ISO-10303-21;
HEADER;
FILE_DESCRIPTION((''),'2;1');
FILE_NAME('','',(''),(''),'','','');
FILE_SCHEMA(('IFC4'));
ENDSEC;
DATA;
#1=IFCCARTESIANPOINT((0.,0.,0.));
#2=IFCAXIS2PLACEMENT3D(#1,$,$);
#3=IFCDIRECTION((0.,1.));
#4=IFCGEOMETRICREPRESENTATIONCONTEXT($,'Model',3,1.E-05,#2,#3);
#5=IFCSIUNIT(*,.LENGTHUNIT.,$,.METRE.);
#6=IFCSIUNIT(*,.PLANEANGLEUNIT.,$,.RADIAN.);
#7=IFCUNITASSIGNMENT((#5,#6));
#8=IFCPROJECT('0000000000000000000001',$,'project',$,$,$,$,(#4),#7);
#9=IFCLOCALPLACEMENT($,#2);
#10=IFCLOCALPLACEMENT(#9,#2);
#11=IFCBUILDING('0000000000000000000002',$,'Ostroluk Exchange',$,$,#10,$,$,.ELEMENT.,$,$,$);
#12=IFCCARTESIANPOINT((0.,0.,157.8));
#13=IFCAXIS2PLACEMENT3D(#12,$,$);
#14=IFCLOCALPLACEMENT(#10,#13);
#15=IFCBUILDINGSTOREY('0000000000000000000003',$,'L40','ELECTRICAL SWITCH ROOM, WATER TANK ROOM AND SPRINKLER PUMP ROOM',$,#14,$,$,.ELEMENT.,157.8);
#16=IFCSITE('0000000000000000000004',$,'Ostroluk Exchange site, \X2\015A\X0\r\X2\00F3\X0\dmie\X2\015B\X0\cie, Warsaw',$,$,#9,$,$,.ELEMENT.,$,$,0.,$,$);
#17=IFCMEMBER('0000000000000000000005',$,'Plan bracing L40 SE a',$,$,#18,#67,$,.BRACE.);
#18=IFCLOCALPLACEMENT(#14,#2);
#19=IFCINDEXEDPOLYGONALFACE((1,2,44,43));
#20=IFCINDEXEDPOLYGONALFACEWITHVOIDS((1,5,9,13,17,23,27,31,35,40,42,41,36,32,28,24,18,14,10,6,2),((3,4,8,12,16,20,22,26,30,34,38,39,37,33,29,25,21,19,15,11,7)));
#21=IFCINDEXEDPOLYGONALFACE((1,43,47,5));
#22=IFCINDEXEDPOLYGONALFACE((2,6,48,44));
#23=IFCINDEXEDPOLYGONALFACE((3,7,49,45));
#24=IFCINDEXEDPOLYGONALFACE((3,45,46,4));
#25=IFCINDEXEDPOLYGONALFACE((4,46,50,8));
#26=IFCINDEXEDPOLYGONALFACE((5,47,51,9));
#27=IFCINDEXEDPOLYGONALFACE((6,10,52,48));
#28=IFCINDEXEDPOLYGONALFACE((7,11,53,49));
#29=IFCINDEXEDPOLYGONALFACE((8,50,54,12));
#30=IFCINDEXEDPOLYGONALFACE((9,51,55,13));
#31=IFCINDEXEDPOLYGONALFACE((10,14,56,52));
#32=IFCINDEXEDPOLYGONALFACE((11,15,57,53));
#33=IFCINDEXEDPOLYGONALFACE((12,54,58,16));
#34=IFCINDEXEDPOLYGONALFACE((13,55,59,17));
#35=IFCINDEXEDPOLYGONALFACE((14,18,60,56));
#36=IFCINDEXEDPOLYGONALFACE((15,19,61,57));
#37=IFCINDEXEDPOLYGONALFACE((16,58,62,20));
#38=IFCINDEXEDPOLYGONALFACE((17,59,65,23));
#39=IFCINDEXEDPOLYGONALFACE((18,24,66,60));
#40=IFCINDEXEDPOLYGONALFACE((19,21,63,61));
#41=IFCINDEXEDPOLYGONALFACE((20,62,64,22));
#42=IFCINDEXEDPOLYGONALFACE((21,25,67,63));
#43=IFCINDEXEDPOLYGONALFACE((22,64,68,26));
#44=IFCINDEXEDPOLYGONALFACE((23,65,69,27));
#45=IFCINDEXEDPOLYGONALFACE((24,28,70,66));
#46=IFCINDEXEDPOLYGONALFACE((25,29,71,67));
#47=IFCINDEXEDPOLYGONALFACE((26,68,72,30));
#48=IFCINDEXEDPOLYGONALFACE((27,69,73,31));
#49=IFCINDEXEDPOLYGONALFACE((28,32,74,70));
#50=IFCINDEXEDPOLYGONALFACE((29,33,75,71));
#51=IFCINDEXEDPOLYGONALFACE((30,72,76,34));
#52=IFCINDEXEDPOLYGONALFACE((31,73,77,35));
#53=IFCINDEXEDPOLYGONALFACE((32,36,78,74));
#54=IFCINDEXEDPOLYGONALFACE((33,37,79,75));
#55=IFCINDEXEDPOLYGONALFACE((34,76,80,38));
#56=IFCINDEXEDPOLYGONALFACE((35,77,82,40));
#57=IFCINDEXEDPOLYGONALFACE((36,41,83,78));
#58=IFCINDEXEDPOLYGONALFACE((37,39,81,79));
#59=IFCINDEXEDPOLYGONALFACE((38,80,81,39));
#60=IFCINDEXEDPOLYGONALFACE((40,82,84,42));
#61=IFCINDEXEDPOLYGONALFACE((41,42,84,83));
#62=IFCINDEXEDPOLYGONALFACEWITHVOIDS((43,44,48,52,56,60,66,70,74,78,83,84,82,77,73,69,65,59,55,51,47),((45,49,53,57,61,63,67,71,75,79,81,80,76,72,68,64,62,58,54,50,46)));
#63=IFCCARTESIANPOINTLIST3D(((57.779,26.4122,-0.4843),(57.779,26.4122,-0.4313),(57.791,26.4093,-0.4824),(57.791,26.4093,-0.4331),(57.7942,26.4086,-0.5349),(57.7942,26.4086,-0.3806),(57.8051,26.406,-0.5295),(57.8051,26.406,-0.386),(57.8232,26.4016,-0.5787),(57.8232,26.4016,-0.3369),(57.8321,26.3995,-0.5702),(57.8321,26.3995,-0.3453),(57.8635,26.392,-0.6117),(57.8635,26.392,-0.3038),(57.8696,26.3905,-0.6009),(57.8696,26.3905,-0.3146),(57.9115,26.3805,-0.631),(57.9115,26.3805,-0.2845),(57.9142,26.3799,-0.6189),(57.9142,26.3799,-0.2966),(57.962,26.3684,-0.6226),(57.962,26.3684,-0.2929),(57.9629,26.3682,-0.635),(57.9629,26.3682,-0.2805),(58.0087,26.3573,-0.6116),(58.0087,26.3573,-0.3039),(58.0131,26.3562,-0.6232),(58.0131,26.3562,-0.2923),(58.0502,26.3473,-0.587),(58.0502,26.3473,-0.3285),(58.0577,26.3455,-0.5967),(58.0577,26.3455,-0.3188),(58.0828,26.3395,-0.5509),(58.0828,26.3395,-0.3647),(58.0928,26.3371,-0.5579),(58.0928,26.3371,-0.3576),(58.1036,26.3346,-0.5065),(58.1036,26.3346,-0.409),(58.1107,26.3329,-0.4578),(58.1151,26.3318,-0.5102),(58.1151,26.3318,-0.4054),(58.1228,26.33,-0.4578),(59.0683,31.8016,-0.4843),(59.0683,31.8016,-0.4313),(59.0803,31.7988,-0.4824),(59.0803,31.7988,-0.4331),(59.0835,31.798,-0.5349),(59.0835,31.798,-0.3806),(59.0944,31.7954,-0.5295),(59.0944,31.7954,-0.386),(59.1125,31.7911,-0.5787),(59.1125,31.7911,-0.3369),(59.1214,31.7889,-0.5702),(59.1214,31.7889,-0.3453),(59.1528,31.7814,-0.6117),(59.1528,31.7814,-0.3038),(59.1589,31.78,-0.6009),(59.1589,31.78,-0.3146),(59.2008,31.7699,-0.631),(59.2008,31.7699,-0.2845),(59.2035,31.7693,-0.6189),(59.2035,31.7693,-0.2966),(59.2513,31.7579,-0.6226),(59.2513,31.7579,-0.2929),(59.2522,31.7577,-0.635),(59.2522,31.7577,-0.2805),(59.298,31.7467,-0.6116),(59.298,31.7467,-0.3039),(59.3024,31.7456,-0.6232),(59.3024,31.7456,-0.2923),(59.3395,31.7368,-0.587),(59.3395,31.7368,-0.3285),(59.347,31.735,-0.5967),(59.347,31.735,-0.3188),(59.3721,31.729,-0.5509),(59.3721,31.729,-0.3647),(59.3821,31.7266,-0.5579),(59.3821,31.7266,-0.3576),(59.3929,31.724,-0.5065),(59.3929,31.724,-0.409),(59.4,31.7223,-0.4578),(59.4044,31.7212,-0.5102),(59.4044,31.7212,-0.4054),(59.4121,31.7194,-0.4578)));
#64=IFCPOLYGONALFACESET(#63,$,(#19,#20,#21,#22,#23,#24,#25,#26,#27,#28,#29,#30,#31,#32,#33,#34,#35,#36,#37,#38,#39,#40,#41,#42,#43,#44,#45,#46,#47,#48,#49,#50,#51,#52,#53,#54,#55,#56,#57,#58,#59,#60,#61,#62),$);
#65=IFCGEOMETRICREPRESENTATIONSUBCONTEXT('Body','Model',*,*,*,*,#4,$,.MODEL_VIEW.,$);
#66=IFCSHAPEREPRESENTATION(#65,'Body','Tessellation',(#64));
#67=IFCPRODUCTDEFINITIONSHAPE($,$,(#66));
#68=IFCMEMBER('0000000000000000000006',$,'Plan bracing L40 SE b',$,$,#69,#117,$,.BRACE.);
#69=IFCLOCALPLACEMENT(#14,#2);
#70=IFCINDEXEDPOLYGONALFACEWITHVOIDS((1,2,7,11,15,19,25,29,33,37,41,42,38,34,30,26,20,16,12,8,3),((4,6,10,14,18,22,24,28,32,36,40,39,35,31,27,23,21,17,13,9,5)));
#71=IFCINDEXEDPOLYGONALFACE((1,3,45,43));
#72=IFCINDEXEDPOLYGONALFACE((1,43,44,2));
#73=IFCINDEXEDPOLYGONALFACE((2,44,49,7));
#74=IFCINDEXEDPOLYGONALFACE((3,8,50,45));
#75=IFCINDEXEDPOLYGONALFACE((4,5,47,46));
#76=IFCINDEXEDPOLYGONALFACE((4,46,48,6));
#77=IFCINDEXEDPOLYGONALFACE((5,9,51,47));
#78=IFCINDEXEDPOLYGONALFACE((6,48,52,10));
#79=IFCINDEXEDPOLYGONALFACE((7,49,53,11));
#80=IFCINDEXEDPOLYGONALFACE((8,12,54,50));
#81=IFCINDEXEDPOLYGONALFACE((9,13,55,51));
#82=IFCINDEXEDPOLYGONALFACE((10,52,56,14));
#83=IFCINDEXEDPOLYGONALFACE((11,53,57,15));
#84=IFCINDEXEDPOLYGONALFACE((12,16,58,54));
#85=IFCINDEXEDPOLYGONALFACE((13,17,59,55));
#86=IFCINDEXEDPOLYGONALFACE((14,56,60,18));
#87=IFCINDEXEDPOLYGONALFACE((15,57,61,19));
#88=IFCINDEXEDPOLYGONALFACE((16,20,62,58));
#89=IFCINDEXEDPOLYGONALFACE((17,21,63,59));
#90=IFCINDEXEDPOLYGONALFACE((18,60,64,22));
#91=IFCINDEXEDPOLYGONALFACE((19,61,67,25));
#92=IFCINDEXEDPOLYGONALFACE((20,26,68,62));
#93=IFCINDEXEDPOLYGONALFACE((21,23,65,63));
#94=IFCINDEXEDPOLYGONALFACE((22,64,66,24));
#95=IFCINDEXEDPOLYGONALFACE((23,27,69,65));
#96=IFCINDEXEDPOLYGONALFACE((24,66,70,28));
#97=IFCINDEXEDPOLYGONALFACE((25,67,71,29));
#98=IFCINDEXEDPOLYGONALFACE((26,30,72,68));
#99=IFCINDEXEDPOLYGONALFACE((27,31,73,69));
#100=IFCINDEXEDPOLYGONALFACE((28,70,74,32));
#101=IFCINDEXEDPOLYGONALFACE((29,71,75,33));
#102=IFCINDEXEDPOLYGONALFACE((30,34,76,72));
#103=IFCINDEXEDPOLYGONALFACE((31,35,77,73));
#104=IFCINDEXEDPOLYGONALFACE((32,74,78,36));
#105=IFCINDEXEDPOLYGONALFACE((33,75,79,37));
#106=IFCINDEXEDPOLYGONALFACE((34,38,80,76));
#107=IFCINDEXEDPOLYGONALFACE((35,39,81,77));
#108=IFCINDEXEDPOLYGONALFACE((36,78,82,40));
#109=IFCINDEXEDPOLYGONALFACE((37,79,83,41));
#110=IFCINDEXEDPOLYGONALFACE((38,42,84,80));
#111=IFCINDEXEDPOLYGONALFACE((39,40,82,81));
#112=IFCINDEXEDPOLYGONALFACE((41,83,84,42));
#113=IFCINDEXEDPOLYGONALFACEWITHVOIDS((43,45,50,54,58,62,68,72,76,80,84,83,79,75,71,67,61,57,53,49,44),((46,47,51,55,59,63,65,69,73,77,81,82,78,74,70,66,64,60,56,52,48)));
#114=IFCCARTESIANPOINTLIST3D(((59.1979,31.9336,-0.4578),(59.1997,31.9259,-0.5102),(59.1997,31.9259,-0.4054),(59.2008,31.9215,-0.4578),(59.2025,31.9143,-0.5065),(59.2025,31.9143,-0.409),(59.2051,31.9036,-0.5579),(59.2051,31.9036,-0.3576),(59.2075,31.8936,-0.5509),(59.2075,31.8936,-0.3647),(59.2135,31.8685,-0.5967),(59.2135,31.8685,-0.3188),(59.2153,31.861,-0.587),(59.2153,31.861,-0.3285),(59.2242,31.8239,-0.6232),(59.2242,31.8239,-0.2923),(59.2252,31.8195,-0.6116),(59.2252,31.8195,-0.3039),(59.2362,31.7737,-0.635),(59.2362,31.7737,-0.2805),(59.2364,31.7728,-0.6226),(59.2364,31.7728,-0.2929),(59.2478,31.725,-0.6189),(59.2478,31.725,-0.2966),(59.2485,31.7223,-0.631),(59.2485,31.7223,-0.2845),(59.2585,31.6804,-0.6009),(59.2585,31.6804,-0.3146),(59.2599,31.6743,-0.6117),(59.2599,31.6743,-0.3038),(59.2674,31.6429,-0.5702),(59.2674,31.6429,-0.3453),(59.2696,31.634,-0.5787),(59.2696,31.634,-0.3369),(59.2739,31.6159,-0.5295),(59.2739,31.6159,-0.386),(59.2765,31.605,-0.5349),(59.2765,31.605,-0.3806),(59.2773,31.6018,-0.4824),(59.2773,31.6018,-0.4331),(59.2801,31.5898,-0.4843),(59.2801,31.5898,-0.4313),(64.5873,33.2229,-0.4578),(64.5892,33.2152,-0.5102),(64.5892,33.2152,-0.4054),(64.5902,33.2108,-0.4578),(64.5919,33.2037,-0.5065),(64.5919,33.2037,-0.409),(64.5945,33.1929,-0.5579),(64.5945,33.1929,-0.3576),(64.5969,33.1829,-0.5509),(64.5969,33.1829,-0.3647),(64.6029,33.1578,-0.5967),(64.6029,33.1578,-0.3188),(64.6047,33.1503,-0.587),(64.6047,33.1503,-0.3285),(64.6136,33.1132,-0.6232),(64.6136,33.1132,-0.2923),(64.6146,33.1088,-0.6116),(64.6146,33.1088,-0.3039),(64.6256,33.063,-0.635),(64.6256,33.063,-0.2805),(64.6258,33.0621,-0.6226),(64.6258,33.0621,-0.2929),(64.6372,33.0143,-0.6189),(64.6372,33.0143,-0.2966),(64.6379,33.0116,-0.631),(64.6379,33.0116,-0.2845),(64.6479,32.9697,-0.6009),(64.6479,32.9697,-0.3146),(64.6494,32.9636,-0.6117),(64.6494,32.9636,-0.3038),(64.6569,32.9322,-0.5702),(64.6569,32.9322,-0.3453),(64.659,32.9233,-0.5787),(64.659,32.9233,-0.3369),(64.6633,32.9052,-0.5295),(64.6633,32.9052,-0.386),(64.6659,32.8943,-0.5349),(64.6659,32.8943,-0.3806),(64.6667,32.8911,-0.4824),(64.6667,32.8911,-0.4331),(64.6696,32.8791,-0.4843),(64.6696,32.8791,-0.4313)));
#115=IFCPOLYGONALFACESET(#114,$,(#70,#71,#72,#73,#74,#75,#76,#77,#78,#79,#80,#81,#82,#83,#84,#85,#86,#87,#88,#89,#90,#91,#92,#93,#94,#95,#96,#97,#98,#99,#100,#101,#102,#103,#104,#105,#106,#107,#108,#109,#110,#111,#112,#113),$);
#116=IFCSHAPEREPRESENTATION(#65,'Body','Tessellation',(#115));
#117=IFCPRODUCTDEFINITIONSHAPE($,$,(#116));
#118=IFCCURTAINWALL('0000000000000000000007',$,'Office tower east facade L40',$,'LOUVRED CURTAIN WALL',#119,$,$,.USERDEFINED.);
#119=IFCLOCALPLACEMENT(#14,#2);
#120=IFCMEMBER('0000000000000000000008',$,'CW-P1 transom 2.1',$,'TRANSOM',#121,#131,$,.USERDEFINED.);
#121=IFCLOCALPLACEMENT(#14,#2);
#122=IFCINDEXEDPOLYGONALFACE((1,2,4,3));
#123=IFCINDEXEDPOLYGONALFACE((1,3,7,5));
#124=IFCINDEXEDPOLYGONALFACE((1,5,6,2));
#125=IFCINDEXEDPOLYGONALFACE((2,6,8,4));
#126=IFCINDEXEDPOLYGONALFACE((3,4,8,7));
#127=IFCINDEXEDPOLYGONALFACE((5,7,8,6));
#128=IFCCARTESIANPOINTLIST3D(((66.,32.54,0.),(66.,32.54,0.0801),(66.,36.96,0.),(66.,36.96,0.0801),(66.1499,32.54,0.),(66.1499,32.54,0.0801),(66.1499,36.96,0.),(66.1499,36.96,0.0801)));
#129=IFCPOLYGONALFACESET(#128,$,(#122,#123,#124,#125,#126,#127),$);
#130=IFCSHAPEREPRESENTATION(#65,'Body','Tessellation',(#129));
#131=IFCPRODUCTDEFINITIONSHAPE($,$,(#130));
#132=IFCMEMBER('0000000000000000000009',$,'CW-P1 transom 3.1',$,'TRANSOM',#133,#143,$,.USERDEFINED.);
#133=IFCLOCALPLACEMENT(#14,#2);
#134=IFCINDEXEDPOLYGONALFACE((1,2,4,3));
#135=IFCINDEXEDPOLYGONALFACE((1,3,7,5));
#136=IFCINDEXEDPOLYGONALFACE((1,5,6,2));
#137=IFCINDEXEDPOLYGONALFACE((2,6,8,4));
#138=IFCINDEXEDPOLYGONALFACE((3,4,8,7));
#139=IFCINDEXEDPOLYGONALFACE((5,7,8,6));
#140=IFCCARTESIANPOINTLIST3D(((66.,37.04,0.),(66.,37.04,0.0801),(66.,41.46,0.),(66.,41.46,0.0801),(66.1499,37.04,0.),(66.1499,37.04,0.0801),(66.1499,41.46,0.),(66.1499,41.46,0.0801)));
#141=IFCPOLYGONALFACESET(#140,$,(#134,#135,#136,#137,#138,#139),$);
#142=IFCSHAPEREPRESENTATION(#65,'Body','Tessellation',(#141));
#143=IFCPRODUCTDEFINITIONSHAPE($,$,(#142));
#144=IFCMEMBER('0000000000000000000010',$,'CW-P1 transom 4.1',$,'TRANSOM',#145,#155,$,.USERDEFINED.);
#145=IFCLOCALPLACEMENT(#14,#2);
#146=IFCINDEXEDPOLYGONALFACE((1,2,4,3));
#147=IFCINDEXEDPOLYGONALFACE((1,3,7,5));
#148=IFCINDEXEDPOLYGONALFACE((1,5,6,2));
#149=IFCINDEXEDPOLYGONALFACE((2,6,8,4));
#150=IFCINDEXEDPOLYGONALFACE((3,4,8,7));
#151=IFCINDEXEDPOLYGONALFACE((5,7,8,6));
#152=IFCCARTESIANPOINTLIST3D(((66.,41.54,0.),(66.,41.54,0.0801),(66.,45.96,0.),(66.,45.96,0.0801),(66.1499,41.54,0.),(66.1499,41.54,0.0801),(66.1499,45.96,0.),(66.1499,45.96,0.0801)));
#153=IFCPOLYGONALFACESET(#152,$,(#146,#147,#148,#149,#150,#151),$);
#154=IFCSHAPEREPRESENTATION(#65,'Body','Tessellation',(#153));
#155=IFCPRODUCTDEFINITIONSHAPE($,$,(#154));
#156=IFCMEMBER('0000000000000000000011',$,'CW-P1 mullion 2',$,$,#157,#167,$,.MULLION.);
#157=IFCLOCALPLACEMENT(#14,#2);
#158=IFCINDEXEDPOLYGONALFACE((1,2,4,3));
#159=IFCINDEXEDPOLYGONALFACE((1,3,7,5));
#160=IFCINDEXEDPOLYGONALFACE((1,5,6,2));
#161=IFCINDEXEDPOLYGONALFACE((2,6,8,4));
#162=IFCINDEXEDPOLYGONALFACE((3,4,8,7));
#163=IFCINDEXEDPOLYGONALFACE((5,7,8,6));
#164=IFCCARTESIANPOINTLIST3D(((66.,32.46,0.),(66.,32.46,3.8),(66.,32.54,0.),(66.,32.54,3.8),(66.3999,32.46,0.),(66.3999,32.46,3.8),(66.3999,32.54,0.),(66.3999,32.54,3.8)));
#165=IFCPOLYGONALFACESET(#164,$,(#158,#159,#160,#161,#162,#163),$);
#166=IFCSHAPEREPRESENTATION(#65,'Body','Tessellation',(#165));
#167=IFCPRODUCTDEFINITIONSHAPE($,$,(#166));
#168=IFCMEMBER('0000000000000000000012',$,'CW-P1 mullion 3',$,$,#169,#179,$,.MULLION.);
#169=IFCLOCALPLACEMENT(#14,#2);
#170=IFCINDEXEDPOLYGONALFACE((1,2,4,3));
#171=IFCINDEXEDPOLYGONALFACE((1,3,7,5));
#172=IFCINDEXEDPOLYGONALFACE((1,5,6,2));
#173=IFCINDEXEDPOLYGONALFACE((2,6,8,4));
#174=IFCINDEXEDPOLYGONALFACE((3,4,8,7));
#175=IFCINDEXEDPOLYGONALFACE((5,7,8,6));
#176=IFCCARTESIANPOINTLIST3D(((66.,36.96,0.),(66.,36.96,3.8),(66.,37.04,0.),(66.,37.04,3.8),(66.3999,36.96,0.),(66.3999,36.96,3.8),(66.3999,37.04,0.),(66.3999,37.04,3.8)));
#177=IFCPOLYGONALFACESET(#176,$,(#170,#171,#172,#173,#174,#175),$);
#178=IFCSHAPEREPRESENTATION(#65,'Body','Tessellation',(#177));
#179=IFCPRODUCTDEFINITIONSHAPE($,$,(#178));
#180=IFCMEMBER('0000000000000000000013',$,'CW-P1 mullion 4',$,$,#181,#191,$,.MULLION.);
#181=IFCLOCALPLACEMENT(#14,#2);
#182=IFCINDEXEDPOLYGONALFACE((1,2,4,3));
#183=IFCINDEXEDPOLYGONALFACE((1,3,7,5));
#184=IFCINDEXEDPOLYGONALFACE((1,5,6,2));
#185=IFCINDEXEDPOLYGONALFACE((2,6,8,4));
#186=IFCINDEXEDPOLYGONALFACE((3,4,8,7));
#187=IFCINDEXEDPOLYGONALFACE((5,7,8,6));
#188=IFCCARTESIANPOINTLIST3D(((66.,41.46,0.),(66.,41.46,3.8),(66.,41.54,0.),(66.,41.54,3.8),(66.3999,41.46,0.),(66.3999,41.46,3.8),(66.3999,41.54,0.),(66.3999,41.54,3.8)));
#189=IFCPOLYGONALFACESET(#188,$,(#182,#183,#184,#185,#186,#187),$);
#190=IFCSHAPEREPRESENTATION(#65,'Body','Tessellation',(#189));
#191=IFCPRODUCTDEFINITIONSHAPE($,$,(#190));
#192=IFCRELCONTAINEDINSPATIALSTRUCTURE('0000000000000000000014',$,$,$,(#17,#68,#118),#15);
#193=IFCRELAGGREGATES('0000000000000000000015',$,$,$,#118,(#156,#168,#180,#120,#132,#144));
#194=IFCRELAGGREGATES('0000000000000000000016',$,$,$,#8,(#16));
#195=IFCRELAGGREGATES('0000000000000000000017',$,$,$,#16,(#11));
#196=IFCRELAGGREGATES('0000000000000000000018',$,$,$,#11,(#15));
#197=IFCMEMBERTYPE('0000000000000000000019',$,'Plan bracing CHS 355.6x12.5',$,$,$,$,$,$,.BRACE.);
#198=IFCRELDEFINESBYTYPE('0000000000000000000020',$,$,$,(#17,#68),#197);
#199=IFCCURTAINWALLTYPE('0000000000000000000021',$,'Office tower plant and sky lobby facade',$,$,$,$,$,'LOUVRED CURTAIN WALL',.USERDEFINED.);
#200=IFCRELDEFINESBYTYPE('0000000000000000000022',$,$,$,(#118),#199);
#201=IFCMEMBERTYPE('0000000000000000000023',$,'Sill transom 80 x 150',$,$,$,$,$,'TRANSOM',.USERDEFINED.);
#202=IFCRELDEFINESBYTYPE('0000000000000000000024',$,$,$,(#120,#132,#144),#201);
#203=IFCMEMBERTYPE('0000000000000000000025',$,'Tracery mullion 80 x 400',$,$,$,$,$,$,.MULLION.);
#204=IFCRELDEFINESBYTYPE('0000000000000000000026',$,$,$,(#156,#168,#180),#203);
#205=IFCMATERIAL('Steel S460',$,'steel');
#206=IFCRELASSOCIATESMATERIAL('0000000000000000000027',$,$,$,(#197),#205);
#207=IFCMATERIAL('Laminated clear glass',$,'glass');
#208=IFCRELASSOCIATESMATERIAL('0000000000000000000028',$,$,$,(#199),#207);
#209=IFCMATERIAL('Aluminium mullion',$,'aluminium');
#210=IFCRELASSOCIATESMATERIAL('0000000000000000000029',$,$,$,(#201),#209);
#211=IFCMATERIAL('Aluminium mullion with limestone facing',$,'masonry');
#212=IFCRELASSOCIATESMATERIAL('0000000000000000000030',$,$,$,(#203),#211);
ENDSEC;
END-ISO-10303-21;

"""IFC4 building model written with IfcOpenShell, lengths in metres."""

from ifc_helpers import new_model, si_unit, direction, frame, origin, origin_2d, place, context, subcontext, project, spatial, rectangle, hollow_circle, extrude, material, material_profile, profile_set, type_object, element, aggregate, save


model = new_model("IFC4")

# Units and contexts
model_context = context("Model", 3, precision=1e-05, world=origin(), true_north=direction((0.0, 1.0)))
body_context = subcontext(model_context, "Body", "Model", "MODEL_VIEW")
ifc_project = project(units=[si_unit("LENGTHUNIT", "METRE"), si_unit("PLANEANGLEUNIT", "RADIAN")], contexts=[model_context])

# Site, building, storey
site_placement = place(None, origin())
site = spatial("IfcSite", under=ifc_project, at=site_placement, Name="Ostroluk Exchange site, Śródmieście, Warsaw", CompositionType="ELEMENT", RefElevation=0.0)
building_placement = place(site_placement, origin())
building = spatial("IfcBuilding", under=site, at=building_placement, Name="Ostroluk Exchange", CompositionType="ELEMENT")
storey_placement = place(building_placement, frame((0.0, 0.0, 157.8)))
storey = spatial("IfcBuildingStorey", under=building, at=storey_placement, Name="L40", Description="ELECTRICAL SWITCH ROOM, WATER TANK ROOM AND SPRINKLER PUMP ROOM", CompositionType="ELEMENT", Elevation=157.8)

# Members
ifc_material_1 = material(Name="Steel S460", Category="steel")
ifc_material_profile_1 = material_profile(ifc_material_1, hollow_circle(Radius=0.1777, WallThickness=0.0125, at=origin_2d()), Name="CHS 355.6x12.5")
ifc_profile_set_1 = profile_set([ifc_material_profile_1], Name="Steel S460")
member_type_1 = type_object("IfcMemberType", Name="Plan bracing CHS 355.6x12.5", PredefinedType="BRACE", material=ifc_profile_set_1)
for number, where, z_axis, x_axis, name in (
    (1, (59.2393, 31.7607, -0.4578), (-0.232665, -0.972557, 0.0), (0.972557, -0.232665, 0.0), "Plan bracing L40 SE a"),
    (2, (59.2393, 31.7607, -0.4578), (0.972557, 0.232665, 0.0), (-0.232665, 0.972557, 0.0), "Plan bracing L40 SE b"),
):
    element("IfcMember", number, at=place(storey_placement, frame(where, z_axis=z_axis, x_axis=x_axis)), inside=storey, type_object=member_type_1, Name=name, PredefinedType="BRACE", context=body_context, shape_type="SweptSolid", body=[
        extrude(hollow_circle(Radius=0.1777, WallThickness=0.0125, at=origin_2d()), origin(), (0.0, 0.0, 1.0), 5.5415),
    ])

# Curtain wall, members
ifc_material_2 = material(Name="Laminated clear glass", Category="glass")
curtain_wall_type = type_object("IfcCurtainWallType", Name="Office tower plant and sky lobby facade", ElementType="LOUVRED CURTAIN WALL", PredefinedType="USERDEFINED", material=ifc_material_2)
curtain_wall_placement = place(storey_placement, origin())
curtain_wall = element("IfcCurtainWall", 3, at=curtain_wall_placement, inside=storey, type_object=curtain_wall_type, Name="Office tower east facade L40", ObjectType="LOUVRED CURTAIN WALL", PredefinedType="USERDEFINED")
ifc_material_3 = material(Name="Aluminium mullion", Category="aluminium")
ifc_material_profile_2 = material_profile(ifc_material_3, rectangle(XDim=0.1499, YDim=0.0801, at=origin_2d()), Name="Sill transom 80 x 150")
ifc_profile_set_2 = profile_set([ifc_material_profile_2], Name="Aluminium mullion")
member_type_2 = type_object("IfcMemberType", Name="Sill transom 80 x 150", ElementType="TRANSOM", PredefinedType="USERDEFINED", material=ifc_profile_set_2)
member_1_placement = place(storey_placement, frame((66.075, 32.54, 0.04), z_axis=(0.0, 1.0, 0.0), x_axis=(-1.0, 0.0, 0.0)))
member_1 = element("IfcMember", 4, at=member_1_placement, type_object=member_type_2, Name="CW-P1 transom 2.1", ObjectType="TRANSOM", PredefinedType="USERDEFINED", context=body_context, shape_type="SweptSolid", body=[
    extrude(rectangle(XDim=0.1499, YDim=0.0801, at=origin_2d()), origin(), (0.0, 0.0, 1.0), 4.4199),
])
member_2_placement = place(storey_placement, frame((66.075, 37.04, 0.04), z_axis=(0.0, 1.0, 0.0), x_axis=(-1.0, 0.0, 0.0)))
member_2 = element("IfcMember", 5, at=member_2_placement, type_object=member_type_2, Name="CW-P1 transom 3.1", ObjectType="TRANSOM", PredefinedType="USERDEFINED", context=body_context, shape_type="SweptSolid", body=[
    extrude(rectangle(XDim=0.1499, YDim=0.0801, at=origin_2d()), origin(), (0.0, 0.0, 1.0), 4.4199),
])
member_3_placement = place(storey_placement, frame((66.075, 41.54, 0.04), z_axis=(0.0, 1.0, 0.0), x_axis=(-1.0, 0.0, 0.0)))
member_3 = element("IfcMember", 6, at=member_3_placement, type_object=member_type_2, Name="CW-P1 transom 4.1", ObjectType="TRANSOM", PredefinedType="USERDEFINED", context=body_context, shape_type="SweptSolid", body=[
    extrude(rectangle(XDim=0.1499, YDim=0.0801, at=origin_2d()), origin(), (0.0, 0.0, 1.0), 4.4199),
])
ifc_material_4 = material(Name="Aluminium mullion with limestone facing", Category="masonry")
ifc_material_profile_3 = material_profile(ifc_material_4, rectangle(XDim=0.3999, YDim=0.0801, at=origin_2d()), Name="Tracery mullion 80 x 400")
ifc_profile_set_3 = profile_set([ifc_material_profile_3], Name="Aluminium mullion with limestone facing")
member_type_3 = type_object("IfcMemberType", Name="Tracery mullion 80 x 400", PredefinedType="MULLION", material=ifc_profile_set_3)
member_4_placement = place(storey_placement, frame((66.2, 32.5, 0.0), z_axis=(0.0, 0.0, 1.0), x_axis=(-1.0, 0.0, 0.0)))
member_4 = element("IfcMember", 7, at=member_4_placement, type_object=member_type_3, Name="CW-P1 mullion 2", PredefinedType="MULLION", context=body_context, shape_type="SweptSolid", body=[
    extrude(rectangle(XDim=0.3999, YDim=0.0801, at=origin_2d()), origin(), (0.0, 0.0, 1.0), 3.8),
])
member_5_placement = place(storey_placement, frame((66.2, 37.0, 0.0), z_axis=(0.0, 0.0, 1.0), x_axis=(-1.0, 0.0, 0.0)))
member_5 = element("IfcMember", 8, at=member_5_placement, type_object=member_type_3, Name="CW-P1 mullion 3", PredefinedType="MULLION", context=body_context, shape_type="SweptSolid", body=[
    extrude(rectangle(XDim=0.3999, YDim=0.0801, at=origin_2d()), origin(), (0.0, 0.0, 1.0), 3.8),
])
member_6_placement = place(storey_placement, frame((66.2, 41.5, 0.0), z_axis=(0.0, 0.0, 1.0), x_axis=(-1.0, 0.0, 0.0)))
member_6 = element("IfcMember", 9, at=member_6_placement, type_object=member_type_3, Name="CW-P1 mullion 4", PredefinedType="MULLION", context=body_context, shape_type="SweptSolid", body=[
    extrude(rectangle(XDim=0.3999, YDim=0.0801, at=origin_2d()), origin(), (0.0, 0.0, 1.0), 3.8),
])
aggregate(curtain_wall, [member_4, member_5, member_6, member_1, member_2, member_3])

save(model, "model.ifc")
